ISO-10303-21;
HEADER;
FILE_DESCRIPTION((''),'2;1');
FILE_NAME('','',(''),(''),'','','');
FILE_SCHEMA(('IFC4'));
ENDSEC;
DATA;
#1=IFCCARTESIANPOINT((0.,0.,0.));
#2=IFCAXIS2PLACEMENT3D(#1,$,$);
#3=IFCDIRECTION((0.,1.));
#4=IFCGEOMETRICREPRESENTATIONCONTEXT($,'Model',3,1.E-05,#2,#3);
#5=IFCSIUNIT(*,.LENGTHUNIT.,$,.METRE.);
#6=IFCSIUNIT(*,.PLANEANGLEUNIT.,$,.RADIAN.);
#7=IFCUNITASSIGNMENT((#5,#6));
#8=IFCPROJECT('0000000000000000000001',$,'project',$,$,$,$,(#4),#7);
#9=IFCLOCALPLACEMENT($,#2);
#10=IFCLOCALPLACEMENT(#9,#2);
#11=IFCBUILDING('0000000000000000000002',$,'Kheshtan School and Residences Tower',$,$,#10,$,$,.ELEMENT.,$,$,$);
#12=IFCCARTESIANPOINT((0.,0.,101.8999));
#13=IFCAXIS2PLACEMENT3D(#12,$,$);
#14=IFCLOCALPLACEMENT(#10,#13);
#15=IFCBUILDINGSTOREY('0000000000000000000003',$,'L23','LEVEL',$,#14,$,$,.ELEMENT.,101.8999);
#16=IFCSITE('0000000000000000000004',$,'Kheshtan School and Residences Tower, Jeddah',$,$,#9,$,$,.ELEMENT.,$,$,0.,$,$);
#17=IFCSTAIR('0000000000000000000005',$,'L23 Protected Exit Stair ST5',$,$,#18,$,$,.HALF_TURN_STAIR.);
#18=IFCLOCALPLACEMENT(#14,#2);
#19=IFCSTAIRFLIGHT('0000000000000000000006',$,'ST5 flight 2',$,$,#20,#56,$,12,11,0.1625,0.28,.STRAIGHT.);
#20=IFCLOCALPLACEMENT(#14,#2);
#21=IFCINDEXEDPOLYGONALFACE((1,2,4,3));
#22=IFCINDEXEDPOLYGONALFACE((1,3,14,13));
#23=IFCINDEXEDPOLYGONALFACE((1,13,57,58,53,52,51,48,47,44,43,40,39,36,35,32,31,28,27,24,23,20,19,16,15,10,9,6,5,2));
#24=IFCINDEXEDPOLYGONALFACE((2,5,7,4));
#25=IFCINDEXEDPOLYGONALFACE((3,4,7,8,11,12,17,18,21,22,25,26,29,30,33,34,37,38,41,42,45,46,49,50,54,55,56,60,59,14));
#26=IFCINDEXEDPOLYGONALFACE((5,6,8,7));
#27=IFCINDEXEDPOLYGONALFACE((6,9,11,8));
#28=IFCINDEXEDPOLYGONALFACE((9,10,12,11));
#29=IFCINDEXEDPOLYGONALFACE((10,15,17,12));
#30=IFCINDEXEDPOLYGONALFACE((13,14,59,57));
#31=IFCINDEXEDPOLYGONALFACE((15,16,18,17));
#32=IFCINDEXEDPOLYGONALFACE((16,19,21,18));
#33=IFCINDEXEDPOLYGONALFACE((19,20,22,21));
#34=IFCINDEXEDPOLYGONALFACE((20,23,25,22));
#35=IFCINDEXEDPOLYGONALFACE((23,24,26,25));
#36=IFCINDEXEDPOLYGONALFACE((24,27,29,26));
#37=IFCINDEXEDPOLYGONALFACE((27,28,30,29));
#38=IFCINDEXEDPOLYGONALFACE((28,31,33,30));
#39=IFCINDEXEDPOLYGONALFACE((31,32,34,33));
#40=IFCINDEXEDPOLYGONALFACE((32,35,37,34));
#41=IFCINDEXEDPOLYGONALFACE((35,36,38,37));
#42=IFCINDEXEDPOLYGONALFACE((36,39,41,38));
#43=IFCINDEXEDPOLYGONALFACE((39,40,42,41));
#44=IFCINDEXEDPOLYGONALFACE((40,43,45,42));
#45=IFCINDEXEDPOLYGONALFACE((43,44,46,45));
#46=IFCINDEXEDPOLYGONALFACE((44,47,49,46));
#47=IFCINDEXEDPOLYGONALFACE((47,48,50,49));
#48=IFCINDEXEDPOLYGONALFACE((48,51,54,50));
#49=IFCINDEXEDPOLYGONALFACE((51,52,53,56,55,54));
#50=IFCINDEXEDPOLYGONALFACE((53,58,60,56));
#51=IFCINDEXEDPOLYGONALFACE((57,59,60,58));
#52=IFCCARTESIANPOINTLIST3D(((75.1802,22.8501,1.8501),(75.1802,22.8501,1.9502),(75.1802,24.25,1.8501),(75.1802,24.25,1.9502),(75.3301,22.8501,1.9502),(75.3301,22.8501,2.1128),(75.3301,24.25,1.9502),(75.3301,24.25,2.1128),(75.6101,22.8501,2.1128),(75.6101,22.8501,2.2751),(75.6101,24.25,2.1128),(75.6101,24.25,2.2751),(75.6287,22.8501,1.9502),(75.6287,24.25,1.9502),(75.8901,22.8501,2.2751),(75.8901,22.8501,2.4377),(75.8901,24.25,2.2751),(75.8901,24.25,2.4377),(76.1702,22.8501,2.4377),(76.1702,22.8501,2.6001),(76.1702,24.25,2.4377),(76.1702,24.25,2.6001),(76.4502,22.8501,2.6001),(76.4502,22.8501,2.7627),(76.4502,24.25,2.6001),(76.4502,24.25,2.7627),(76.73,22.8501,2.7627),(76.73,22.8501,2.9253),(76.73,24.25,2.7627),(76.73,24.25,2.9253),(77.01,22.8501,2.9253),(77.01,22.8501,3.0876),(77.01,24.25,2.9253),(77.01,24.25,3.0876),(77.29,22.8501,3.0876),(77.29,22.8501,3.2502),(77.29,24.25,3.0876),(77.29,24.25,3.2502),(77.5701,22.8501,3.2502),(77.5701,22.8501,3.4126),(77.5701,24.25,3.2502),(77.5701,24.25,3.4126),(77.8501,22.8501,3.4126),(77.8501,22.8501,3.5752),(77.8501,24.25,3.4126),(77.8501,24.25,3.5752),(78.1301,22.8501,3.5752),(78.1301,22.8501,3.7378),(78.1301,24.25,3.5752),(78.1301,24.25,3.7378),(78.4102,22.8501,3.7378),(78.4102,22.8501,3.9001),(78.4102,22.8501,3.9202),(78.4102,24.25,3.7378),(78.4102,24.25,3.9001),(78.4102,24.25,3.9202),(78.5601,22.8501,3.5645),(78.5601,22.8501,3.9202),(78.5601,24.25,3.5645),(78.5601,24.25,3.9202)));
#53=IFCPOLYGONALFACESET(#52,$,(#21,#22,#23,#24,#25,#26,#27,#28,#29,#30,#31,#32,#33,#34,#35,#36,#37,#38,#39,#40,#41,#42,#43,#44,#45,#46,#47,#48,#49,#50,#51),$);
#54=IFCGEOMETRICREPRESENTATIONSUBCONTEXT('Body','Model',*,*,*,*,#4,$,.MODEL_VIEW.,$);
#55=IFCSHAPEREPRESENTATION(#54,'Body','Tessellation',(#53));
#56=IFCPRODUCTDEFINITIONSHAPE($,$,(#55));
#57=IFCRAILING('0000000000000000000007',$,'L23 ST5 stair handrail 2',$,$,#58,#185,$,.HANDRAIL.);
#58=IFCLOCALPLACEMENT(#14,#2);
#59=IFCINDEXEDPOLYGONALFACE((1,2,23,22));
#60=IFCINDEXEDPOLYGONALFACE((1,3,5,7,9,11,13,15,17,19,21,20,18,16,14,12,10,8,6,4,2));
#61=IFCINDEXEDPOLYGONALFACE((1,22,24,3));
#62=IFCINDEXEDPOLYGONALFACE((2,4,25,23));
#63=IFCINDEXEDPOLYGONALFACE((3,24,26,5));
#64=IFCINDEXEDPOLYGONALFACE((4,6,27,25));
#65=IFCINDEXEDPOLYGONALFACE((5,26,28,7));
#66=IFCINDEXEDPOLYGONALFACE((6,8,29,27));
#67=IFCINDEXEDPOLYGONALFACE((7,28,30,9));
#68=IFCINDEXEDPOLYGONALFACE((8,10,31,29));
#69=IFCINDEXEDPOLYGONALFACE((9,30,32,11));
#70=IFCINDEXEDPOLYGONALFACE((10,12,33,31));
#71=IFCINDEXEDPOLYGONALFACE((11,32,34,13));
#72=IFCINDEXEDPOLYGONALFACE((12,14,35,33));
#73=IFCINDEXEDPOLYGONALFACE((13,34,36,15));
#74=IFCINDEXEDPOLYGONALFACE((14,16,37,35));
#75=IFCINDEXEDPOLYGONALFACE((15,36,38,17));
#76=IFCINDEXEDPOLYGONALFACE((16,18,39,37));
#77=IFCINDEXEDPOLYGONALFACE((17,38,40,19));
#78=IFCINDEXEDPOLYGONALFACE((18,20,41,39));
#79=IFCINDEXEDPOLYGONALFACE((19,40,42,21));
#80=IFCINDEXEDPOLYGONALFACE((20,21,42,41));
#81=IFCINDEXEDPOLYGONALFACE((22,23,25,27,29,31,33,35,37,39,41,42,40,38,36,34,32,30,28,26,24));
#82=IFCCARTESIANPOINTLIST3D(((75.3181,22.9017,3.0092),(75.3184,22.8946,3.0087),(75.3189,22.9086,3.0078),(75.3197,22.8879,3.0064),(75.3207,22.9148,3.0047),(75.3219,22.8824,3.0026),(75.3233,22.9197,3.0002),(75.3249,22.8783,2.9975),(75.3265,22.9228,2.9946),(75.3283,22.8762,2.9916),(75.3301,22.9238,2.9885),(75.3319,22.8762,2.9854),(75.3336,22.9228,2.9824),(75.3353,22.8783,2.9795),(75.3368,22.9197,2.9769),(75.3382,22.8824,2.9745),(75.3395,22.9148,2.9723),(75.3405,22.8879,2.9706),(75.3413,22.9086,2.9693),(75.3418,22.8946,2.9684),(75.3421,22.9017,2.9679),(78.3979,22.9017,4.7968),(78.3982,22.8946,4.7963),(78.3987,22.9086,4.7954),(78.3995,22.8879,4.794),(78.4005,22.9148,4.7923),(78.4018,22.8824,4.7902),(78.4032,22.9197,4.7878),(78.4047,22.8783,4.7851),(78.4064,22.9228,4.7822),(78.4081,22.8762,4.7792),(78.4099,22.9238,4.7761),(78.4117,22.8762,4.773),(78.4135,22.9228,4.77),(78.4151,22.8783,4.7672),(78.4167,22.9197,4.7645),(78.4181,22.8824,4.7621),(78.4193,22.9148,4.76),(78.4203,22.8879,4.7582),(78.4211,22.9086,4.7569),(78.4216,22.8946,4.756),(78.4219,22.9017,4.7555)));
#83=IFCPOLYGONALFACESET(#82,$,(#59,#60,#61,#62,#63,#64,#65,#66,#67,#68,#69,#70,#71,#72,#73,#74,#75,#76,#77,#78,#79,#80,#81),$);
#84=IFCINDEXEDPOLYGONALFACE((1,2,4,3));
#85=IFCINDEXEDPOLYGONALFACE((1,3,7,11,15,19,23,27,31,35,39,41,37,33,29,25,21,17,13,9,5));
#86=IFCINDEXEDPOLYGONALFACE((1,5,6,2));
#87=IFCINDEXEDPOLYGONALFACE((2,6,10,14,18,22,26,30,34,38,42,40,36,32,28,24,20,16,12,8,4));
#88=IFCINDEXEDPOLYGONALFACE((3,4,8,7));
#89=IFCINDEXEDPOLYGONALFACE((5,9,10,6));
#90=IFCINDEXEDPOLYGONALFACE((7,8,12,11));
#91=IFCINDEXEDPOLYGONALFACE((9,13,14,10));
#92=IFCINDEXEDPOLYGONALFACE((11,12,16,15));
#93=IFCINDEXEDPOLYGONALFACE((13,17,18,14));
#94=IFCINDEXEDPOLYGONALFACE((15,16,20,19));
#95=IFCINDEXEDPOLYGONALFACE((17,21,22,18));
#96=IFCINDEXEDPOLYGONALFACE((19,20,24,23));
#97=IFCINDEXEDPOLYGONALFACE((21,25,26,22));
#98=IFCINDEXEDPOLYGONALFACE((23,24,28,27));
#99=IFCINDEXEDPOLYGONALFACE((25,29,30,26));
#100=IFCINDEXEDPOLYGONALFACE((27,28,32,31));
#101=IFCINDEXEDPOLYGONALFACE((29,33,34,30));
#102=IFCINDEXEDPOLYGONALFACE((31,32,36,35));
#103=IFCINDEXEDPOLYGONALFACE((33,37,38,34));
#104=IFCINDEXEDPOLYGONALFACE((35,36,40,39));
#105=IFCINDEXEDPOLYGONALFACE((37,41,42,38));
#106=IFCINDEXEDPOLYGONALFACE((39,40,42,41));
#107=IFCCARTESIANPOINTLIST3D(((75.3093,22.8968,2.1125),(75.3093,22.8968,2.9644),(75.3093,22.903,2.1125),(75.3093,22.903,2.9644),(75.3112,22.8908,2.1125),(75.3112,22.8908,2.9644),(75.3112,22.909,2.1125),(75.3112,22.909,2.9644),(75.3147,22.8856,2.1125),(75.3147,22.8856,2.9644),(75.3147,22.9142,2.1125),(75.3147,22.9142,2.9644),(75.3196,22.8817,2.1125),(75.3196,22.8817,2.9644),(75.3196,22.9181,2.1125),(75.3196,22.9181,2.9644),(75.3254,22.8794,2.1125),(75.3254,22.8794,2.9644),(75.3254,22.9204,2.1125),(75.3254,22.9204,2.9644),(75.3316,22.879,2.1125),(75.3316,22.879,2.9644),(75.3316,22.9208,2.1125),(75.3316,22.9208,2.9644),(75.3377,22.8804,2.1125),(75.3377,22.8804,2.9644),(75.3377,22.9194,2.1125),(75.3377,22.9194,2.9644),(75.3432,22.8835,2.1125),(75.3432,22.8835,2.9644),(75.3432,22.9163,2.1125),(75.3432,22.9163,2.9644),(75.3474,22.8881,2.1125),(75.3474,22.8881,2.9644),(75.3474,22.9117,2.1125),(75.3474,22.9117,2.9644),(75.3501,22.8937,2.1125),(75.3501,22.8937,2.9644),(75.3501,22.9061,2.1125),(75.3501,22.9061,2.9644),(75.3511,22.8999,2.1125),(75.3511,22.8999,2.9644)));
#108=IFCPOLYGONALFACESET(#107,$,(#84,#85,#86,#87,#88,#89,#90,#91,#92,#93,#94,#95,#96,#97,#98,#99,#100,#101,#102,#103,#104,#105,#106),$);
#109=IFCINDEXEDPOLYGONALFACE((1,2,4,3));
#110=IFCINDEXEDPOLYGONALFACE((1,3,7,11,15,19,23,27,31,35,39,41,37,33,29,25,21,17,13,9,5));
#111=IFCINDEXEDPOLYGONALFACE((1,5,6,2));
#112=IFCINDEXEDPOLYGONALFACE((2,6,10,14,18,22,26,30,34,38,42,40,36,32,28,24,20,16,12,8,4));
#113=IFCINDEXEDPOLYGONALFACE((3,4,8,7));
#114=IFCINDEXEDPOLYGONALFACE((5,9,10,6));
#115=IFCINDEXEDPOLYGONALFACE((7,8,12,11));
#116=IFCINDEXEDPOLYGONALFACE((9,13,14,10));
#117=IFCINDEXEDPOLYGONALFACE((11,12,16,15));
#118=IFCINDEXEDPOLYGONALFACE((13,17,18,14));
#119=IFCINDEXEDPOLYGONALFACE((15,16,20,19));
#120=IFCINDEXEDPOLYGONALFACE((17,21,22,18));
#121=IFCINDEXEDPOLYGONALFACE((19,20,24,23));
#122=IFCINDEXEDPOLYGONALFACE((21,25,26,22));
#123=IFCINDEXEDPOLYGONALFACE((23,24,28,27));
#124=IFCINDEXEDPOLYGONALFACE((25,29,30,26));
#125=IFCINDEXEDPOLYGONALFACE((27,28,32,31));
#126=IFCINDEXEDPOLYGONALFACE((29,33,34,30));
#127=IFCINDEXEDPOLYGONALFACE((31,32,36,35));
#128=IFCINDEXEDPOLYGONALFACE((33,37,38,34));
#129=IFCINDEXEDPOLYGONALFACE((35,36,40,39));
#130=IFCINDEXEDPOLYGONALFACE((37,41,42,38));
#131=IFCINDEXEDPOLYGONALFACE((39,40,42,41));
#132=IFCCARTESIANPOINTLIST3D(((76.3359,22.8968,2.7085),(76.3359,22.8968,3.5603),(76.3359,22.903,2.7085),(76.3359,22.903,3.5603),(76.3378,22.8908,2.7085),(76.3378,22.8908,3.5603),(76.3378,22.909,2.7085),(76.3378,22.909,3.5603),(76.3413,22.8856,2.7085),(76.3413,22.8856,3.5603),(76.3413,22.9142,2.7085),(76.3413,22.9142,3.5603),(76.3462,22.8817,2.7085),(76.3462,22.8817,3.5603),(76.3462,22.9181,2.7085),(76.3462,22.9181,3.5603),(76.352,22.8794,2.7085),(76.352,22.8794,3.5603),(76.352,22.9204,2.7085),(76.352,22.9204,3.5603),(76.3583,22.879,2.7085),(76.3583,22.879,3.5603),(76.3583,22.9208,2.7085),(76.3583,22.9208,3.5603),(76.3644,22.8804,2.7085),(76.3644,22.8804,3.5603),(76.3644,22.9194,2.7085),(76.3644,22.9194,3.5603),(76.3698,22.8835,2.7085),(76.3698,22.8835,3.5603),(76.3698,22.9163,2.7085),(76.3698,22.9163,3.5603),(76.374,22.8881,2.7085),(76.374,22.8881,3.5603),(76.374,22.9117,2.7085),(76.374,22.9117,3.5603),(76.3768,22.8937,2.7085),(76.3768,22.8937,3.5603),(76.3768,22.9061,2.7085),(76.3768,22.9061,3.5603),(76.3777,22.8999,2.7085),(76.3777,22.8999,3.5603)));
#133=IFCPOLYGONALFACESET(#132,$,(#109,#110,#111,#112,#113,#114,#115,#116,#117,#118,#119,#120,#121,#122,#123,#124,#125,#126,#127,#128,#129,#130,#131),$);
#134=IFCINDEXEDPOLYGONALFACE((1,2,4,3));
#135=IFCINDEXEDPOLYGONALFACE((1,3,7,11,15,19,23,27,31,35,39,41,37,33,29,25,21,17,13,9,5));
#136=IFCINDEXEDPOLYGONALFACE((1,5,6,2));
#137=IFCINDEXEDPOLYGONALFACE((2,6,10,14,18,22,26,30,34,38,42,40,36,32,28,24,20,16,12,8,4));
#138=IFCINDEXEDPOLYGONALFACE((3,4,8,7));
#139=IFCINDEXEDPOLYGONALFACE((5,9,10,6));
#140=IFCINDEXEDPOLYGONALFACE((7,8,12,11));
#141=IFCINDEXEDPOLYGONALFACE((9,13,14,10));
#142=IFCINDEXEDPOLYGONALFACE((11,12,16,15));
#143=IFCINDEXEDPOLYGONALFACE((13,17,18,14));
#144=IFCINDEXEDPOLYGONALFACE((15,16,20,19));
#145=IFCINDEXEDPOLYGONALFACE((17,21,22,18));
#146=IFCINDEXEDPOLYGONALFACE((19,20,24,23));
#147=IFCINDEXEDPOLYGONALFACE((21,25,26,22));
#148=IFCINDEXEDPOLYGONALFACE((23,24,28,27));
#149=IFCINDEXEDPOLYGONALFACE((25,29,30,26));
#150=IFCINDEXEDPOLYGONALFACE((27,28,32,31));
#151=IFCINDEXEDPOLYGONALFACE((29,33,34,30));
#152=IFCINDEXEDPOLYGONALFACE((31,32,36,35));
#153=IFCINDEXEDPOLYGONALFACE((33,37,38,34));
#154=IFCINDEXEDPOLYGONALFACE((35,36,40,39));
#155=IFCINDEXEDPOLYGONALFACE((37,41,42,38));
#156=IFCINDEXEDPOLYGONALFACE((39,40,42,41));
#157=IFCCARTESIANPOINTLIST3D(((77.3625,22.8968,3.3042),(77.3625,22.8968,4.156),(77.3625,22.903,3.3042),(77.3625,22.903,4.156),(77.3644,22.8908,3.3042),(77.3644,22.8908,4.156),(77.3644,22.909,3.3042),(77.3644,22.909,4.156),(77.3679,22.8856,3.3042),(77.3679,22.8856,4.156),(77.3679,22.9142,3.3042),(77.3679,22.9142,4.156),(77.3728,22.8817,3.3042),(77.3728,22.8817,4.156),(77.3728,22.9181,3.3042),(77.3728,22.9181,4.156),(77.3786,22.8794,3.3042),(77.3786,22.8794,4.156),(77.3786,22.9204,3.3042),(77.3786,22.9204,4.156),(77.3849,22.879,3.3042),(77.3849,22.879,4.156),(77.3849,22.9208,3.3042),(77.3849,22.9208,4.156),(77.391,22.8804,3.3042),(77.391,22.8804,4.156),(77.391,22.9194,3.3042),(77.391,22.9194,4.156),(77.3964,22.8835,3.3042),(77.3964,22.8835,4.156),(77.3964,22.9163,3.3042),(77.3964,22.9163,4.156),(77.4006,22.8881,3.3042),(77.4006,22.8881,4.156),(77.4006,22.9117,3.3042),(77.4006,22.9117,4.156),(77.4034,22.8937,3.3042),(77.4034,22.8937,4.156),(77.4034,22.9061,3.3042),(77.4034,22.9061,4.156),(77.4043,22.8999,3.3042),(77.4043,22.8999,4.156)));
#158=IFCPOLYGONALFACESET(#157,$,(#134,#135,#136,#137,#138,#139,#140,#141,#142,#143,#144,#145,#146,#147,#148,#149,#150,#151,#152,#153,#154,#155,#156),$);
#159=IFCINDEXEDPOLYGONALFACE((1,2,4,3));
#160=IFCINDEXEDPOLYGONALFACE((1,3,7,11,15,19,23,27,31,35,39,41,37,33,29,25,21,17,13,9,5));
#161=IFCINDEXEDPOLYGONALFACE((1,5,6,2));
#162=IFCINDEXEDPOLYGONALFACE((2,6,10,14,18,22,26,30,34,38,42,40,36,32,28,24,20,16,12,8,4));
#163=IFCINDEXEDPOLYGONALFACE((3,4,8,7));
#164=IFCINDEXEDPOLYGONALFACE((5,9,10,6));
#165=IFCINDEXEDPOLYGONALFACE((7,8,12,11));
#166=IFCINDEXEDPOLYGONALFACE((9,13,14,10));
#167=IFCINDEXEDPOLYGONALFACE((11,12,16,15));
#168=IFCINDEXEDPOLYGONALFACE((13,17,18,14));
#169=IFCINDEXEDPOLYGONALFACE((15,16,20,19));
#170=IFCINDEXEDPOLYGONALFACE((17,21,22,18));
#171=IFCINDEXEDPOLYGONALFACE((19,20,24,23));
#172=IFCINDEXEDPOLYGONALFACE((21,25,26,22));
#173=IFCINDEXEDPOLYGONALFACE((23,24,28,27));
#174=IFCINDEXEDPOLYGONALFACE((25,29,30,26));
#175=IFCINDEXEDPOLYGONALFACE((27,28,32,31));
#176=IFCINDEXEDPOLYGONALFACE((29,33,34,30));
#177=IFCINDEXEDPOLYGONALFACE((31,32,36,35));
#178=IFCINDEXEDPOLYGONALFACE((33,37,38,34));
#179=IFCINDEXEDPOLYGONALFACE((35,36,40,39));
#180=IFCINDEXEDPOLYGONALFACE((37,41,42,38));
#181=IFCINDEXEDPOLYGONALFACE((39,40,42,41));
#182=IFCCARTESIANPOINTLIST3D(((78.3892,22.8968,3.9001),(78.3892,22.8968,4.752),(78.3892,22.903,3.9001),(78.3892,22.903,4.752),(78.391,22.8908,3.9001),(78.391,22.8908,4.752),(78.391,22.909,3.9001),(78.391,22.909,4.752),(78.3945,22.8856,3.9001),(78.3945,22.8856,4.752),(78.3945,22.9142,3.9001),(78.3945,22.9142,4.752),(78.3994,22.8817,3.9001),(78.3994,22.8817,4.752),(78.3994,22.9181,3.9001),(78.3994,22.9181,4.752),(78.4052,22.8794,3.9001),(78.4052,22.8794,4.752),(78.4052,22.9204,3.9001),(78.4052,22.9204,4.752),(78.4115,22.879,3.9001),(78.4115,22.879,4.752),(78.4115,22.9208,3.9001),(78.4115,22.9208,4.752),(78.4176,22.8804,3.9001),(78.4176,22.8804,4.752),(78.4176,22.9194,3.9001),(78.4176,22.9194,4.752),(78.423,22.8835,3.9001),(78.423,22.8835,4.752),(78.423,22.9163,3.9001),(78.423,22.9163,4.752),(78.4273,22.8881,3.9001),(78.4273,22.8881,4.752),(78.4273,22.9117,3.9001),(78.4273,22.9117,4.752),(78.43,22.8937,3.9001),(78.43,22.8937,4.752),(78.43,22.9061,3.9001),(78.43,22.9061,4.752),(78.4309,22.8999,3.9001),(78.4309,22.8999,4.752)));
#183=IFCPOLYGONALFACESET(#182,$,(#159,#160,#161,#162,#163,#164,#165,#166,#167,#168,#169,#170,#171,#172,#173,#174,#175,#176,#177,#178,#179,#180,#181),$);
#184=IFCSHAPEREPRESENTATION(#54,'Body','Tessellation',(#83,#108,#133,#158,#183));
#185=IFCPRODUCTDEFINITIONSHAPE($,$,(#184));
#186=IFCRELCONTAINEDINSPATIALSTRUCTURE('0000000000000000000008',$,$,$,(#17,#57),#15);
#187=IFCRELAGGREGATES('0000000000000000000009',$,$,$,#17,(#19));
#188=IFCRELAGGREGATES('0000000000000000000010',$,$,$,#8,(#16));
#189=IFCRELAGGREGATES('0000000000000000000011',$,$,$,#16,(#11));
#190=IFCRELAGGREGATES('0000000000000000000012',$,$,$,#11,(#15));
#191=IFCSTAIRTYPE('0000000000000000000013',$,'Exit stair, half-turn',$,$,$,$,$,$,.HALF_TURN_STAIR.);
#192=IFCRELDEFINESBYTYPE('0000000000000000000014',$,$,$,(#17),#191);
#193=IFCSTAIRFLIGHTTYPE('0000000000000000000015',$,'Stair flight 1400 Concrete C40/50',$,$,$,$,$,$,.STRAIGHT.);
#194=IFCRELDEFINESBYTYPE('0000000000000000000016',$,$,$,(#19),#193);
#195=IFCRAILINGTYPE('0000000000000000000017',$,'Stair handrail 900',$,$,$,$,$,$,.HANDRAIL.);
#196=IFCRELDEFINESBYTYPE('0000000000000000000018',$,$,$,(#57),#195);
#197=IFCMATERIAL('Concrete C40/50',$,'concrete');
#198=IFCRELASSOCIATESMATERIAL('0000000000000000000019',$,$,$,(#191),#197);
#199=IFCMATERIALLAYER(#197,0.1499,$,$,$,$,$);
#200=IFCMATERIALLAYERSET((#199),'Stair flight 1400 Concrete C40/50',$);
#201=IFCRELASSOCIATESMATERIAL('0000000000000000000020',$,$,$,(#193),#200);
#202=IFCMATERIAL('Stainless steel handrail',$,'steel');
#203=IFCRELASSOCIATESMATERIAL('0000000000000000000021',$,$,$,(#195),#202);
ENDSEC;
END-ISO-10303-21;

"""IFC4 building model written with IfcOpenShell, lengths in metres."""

from ifc_helpers import new_model, si_unit, direction, frame, origin, origin_2d, place, context, subcontext, project, spatial, polyline, circle, outline, extrude, material, layer, layer_set, type_object, element, aggregate, save


model = new_model("IFC4")

# Units and contexts
model_context = context("Model", 3, precision=1e-05, world=origin(), true_north=direction((0.0, 1.0)))
body_context = subcontext(model_context, "Body", "Model", "MODEL_VIEW")
ifc_project = project(units=[si_unit("LENGTHUNIT", "METRE"), si_unit("PLANEANGLEUNIT", "RADIAN")], contexts=[model_context])

# Site, building, storey
site_placement = place(None, origin())
site = spatial("IfcSite", under=ifc_project, at=site_placement, Name="Kheshtan School and Residences Tower, Jeddah", CompositionType="ELEMENT", RefElevation=0.0)
building_placement = place(site_placement, origin())
building = spatial("IfcBuilding", under=site, at=building_placement, Name="Kheshtan School and Residences Tower", CompositionType="ELEMENT")
storey_placement = place(building_placement, frame((0.0, 0.0, 101.8999)))
storey = spatial("IfcBuildingStorey", under=building, at=storey_placement, Name="L23", Description="LEVEL", CompositionType="ELEMENT", Elevation=101.8999)

# Shared definitions
ifc_material_1 = material(Name="Concrete C40/50", Category="concrete")

# Stair, stair flight
stair_type = type_object("IfcStairType", Name="Exit stair, half-turn", PredefinedType="HALF_TURN_STAIR", material=ifc_material_1)
stair_placement = place(storey_placement, origin())
stair = element("IfcStair", 1, at=stair_placement, inside=storey, type_object=stair_type, Name="L23 Protected Exit Stair ST5", PredefinedType="HALF_TURN_STAIR")
ifc_layer_1 = layer(ifc_material_1, 0.1499)
ifc_layer_set_1 = layer_set([ifc_layer_1], Name="Stair flight 1400 Concrete C40/50")
stair_flight_type = type_object("IfcStairFlightType", Name="Stair flight 1400 Concrete C40/50", PredefinedType="STRAIGHT", material=ifc_layer_set_1)
stair_flight_placement = place(storey_placement, frame((75.3301, 23.55, 1.9502), z_axis=(0.0, 0.0, 1.0), x_axis=(1.0, 0.0, 0.0)))
stair_flight = element("IfcStairFlight", 2, at=stair_flight_placement, type_object=stair_flight_type, Name="ST5 flight 2", NumberOfRisers=12, NumberOfTreads=11, PredefinedType="STRAIGHT", RiserHeight=0.1625, TreadLength=0.28, context=body_context, shape_type="SweptSolid", body=[
    extrude(outline(polyline([(-0.1499, -0.1001), (-0.1499, 0.0), (0.0, 0.0), (0.0, 0.1626), (0.28, 0.1626), (0.28, 0.325), (0.5601, 0.325), (0.5601, 0.4875), (0.8401, 0.4875), (0.8401, 0.6499), (1.1201, 0.6499), (1.1201, 0.8125), (1.3999, 0.8125), (1.3999, 0.9751), (1.6799, 0.9751), (1.6799, 1.1375), (1.96, 1.1375), (1.96, 1.3), (2.24, 1.3), (2.24, 1.4624), (2.52, 1.4624), (2.52, 1.625), (2.8, 1.625), (2.8, 1.7876), (3.0801, 1.7876), (3.0801, 1.95), (3.0801, 1.97), (3.23, 1.97), (3.23, 1.6143), (0.2986, 0.0), (-0.1499, -0.1001)])), frame((0.0, 0.7, 0.0), z_axis=(0.0, -1.0, 0.0), x_axis=(1.0, 0.0, 0.0)), (0.0, 0.0, 1.0), 1.3999),
])
aggregate(stair, [stair_flight])

# Railing
ifc_material_2 = material(Name="Stainless steel handrail", Category="steel")
railing_type = type_object("IfcRailingType", Name="Stair handrail 900", PredefinedType="HANDRAIL", material=ifc_material_2)
railing_placement = place(storey_placement, frame((75.3301, 22.8999, 2.1125)))
element("IfcRailing", 3, at=railing_placement, inside=storey, type_object=railing_type, Name="L23 ST5 stair handrail 2", PredefinedType="HANDRAIL", context=body_context, shape_type="SweptSolid", body=[
    extrude(circle(Radius=0.0239, at=origin_2d()), frame((0.0, 0.0, 0.876), z_axis=(0.864873, 0.0, 0.50199), x_axis=(0.0, 1.0, 0.0)), (0.0, 0.0, 1.0), 3.561),
    extrude(circle(Radius=0.021, at=origin_2d()), origin(), (0.0, 0.0, 1.0), 0.8518),
    extrude(circle(Radius=0.021, at=origin_2d()), frame((1.0266, 0.0, 0.5959)), (0.0, 0.0, 1.0), 0.8518),
    extrude(circle(Radius=0.021, at=origin_2d()), frame((2.0532, 0.0, 1.1917)), (0.0, 0.0, 1.0), 0.8518),
    extrude(circle(Radius=0.021, at=origin_2d()), frame((3.0798, 0.0, 1.7876)), (0.0, 0.0, 1.0), 0.8518),
])

save(model, "model.ifc")
